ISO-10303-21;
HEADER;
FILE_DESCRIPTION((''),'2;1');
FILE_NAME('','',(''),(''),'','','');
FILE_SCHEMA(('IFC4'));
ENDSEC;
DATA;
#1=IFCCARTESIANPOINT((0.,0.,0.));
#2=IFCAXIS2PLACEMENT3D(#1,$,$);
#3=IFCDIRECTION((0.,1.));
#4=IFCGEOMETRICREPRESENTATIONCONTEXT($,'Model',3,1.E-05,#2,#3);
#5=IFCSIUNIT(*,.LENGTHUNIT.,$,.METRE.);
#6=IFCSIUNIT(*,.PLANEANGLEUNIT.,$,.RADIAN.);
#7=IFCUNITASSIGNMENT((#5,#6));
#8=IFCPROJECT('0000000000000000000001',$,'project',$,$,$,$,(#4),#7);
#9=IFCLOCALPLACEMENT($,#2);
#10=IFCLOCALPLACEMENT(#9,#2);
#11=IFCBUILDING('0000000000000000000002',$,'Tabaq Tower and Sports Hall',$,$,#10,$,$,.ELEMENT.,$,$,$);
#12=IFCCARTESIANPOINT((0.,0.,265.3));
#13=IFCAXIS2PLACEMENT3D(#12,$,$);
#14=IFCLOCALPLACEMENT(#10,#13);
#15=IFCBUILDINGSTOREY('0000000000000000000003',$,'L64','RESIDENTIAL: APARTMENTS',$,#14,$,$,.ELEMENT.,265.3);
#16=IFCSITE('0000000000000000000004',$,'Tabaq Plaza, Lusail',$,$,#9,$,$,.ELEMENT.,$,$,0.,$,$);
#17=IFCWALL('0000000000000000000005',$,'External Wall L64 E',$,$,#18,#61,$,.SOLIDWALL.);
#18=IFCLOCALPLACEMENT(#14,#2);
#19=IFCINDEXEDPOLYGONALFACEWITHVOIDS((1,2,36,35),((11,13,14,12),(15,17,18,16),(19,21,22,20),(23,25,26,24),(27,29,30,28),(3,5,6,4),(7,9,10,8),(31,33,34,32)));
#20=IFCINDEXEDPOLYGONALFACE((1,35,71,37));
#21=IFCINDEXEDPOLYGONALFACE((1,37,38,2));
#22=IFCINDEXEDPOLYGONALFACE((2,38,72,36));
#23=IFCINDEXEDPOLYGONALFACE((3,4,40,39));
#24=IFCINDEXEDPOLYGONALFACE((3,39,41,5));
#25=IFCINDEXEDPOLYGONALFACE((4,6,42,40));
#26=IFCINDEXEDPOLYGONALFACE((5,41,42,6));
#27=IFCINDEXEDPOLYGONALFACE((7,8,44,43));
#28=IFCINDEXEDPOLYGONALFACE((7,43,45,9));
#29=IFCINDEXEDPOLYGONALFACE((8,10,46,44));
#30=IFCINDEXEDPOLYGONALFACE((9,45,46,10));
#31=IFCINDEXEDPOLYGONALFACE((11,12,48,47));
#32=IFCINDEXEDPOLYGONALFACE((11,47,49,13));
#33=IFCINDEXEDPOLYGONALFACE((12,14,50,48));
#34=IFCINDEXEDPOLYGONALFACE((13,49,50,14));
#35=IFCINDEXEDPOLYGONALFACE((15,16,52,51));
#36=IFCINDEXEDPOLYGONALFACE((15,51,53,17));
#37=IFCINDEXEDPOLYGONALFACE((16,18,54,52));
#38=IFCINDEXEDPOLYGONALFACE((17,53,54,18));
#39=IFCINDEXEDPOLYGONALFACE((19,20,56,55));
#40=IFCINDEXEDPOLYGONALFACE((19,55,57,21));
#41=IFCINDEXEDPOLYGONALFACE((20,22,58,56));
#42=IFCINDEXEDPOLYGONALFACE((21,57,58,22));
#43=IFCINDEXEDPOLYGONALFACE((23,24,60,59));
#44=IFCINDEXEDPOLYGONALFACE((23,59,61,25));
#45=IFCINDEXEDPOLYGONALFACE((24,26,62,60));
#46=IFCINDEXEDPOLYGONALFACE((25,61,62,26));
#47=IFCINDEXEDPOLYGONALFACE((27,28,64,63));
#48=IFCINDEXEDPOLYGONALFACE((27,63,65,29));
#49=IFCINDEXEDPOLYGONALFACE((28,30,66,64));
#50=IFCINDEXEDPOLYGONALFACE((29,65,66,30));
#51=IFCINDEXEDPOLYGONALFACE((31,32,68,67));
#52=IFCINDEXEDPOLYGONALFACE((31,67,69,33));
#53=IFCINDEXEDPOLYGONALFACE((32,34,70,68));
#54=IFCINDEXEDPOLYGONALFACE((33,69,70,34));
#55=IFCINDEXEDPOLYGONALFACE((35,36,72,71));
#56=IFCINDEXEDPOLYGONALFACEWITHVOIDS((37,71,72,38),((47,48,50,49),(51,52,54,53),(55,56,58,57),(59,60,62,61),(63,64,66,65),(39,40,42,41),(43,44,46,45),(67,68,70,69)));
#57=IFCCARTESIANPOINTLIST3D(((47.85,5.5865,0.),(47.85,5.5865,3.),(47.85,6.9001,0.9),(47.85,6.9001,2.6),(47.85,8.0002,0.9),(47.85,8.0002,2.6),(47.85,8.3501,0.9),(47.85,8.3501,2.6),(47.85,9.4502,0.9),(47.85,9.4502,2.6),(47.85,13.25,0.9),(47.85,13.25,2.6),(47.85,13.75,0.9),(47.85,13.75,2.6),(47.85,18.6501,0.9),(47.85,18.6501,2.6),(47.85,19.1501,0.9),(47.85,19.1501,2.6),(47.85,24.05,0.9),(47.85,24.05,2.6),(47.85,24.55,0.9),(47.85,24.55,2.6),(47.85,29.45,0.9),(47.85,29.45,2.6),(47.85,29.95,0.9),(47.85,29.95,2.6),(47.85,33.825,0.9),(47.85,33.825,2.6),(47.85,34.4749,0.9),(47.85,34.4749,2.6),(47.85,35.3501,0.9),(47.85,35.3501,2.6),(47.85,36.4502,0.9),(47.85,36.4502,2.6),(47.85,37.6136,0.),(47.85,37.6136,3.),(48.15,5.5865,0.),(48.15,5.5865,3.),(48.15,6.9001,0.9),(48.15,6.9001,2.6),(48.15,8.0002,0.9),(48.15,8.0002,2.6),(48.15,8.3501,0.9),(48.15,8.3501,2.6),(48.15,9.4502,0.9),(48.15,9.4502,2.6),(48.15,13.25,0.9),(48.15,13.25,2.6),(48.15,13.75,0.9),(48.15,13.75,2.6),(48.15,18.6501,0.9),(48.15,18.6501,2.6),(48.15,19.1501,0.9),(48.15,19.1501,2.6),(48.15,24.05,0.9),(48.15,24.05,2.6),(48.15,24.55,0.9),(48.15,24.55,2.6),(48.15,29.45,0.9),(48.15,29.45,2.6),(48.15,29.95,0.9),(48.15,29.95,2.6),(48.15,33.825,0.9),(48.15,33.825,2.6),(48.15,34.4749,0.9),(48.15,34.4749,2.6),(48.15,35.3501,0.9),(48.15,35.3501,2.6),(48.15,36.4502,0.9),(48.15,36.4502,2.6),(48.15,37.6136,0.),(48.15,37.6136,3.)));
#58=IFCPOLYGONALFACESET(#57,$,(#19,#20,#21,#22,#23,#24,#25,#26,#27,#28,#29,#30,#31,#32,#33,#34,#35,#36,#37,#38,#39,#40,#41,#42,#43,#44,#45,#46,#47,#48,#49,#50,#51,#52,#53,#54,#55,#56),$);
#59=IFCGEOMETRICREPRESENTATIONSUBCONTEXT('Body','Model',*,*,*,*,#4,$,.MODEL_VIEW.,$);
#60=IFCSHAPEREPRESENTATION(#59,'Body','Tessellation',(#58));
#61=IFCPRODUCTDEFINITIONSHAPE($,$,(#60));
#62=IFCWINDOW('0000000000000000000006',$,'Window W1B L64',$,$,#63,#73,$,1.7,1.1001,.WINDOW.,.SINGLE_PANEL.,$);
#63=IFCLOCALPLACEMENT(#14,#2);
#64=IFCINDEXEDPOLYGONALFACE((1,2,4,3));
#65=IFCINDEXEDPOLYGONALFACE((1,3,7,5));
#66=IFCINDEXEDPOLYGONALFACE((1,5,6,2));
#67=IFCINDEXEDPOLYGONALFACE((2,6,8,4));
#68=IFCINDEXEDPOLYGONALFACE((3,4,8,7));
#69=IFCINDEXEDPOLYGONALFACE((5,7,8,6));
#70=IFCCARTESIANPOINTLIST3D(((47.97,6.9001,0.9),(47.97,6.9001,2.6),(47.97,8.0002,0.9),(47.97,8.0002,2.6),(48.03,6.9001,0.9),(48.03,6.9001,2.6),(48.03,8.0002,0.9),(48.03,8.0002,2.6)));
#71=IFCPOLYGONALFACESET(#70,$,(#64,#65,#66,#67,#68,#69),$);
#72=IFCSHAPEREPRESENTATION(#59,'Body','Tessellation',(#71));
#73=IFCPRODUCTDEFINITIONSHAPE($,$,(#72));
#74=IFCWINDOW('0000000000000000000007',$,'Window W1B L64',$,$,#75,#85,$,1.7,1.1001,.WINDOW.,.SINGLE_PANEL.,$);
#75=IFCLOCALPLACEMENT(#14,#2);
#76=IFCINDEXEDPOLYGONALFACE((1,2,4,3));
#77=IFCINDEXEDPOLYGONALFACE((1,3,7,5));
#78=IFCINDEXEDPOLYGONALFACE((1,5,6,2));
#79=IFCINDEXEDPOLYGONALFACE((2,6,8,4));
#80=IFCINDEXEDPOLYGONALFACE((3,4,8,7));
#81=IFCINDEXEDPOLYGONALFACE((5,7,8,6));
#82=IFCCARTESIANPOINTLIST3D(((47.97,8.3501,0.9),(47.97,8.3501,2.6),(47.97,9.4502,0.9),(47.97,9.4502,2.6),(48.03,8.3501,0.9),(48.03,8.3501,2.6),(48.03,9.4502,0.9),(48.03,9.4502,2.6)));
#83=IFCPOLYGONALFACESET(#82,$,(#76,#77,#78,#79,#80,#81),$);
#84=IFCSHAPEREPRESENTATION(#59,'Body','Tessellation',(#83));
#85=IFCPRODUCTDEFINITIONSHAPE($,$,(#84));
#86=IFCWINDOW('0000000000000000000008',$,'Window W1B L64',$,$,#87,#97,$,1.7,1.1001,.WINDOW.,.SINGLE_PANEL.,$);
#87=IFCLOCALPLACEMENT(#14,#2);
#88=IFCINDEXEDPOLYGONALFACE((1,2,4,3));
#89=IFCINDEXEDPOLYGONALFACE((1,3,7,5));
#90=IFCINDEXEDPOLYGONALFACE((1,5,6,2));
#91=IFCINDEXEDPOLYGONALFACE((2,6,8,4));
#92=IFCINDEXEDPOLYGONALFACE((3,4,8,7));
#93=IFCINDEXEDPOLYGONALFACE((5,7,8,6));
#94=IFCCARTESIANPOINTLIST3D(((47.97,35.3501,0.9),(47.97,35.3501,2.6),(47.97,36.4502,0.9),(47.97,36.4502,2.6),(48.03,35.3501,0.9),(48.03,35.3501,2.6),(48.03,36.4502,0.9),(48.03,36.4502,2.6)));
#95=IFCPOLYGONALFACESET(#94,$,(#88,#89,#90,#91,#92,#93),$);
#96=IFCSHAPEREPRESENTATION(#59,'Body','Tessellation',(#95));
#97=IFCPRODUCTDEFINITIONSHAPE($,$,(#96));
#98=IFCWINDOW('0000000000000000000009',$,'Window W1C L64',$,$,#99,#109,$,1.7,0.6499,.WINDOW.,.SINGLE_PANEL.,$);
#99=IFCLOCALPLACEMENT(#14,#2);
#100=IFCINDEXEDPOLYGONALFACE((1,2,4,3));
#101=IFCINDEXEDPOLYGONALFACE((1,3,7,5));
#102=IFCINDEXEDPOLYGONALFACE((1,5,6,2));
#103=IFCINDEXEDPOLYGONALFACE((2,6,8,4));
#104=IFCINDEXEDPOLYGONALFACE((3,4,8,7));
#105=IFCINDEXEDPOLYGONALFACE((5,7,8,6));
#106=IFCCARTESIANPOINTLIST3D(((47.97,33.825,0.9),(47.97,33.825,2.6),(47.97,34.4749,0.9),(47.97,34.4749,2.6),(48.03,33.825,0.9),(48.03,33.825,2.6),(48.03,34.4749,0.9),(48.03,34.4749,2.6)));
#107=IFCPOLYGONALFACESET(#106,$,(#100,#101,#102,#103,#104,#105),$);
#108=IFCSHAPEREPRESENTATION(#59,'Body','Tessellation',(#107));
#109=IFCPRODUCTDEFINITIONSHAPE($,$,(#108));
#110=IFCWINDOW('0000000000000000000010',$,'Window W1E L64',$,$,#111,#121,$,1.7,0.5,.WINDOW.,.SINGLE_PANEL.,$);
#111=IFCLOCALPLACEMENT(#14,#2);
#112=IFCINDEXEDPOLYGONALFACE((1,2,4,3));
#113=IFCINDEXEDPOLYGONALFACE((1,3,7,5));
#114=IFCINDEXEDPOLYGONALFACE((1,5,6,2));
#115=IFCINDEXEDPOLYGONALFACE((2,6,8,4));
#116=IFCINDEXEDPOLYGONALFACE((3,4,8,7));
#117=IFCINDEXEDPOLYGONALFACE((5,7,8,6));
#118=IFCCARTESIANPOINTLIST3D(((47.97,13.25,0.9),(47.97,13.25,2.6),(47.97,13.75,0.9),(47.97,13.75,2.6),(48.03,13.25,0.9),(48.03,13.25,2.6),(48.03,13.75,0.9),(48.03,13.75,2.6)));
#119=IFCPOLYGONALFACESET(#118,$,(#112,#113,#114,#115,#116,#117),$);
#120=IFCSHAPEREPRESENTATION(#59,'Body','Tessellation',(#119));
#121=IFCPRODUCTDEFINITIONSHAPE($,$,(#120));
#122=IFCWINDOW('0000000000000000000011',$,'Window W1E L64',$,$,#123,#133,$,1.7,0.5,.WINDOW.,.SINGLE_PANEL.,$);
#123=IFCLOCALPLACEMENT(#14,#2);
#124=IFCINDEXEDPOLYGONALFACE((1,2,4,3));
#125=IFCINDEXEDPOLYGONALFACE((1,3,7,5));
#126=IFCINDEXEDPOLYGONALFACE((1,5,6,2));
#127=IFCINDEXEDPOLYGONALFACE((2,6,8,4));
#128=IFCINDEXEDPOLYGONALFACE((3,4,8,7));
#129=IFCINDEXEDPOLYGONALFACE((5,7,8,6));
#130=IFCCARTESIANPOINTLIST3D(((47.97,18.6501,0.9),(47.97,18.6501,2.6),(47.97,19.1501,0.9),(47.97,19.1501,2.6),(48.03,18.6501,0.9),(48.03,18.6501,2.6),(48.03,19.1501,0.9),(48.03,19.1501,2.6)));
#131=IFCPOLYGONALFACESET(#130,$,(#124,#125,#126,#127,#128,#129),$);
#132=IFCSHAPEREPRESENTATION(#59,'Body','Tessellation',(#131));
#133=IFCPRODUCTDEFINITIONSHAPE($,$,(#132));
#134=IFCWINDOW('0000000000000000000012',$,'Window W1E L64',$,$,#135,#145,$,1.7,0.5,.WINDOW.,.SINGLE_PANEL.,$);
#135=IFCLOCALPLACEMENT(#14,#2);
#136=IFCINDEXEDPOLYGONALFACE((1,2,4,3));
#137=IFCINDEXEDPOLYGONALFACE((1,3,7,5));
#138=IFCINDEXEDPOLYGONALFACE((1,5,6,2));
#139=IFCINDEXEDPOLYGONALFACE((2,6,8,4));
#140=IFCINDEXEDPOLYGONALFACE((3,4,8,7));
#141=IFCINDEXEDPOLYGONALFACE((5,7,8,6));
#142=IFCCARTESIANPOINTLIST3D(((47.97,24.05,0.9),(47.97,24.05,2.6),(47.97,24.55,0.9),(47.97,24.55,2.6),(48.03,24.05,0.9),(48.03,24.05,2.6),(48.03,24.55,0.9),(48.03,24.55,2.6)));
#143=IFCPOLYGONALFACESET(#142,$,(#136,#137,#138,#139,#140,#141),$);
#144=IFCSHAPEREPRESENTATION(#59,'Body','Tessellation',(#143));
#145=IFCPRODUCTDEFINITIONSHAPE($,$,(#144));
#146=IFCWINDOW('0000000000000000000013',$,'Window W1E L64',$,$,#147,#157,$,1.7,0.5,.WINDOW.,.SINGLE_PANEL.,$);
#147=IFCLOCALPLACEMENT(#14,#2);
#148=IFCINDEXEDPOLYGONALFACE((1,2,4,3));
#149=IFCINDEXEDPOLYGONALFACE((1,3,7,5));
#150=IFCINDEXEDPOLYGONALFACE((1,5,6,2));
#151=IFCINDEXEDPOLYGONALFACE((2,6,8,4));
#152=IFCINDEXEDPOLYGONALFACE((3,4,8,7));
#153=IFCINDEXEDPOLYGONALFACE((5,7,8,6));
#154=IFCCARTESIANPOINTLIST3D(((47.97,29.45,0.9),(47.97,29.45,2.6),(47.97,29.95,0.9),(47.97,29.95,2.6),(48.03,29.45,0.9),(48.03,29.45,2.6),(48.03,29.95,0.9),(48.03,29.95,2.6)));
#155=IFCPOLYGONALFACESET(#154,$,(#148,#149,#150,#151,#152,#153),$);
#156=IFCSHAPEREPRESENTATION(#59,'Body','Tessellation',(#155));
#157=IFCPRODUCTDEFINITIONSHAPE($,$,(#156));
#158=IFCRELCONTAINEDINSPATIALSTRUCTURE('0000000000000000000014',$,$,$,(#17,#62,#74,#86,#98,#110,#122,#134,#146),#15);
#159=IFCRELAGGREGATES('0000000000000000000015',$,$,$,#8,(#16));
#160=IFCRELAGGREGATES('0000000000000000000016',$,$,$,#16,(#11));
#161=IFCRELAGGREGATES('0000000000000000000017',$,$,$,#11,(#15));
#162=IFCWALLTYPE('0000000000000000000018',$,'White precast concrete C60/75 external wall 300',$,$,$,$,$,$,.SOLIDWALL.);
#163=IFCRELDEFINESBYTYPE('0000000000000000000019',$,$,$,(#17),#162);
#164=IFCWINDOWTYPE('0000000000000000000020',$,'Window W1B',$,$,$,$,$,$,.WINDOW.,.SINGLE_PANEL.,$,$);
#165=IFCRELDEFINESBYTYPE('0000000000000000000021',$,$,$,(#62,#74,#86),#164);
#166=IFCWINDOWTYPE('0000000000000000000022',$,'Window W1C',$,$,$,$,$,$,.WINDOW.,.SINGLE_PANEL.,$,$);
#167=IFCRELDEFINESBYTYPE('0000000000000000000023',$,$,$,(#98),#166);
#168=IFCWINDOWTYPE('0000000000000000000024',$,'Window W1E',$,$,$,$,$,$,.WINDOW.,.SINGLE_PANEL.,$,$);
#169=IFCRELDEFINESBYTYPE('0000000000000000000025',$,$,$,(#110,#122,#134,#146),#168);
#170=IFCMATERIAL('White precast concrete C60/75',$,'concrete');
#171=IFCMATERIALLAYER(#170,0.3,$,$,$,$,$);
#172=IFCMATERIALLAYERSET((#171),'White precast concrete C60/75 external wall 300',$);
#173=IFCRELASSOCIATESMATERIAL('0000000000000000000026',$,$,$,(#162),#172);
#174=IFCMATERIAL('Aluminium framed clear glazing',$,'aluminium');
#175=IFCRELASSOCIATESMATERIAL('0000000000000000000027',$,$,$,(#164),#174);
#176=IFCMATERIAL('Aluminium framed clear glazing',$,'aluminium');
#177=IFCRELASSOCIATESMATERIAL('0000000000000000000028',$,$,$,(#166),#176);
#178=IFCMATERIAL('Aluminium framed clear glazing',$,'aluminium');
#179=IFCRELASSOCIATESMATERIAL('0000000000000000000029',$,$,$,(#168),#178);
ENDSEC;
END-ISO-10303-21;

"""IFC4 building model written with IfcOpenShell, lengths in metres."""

from ifc_helpers import new_model, si_unit, direction, frame, frame_2d, origin, place, context, subcontext, project, spatial, rectangle, extrude, material, layer, layer_set, type_object, element, fill, save


model = new_model("IFC4")

# Units and contexts
model_context = context("Model", 3, precision=1e-05, world=origin(), true_north=direction((0.0, 1.0)))
body_context = subcontext(model_context, "Body", "Model", "MODEL_VIEW")
ifc_project = project(units=[si_unit("LENGTHUNIT", "METRE"), si_unit("PLANEANGLEUNIT", "RADIAN")], contexts=[model_context])

# Site, building, storey
site_placement = place(None, origin())
site = spatial("IfcSite", under=ifc_project, at=site_placement, Name="Tabaq Plaza, Lusail", CompositionType="ELEMENT", RefElevation=0.0)
building_placement = place(site_placement, origin())
building = spatial("IfcBuilding", under=site, at=building_placement, Name="Tabaq Tower and Sports Hall", CompositionType="ELEMENT")
storey_placement = place(building_placement, frame((0.0, 0.0, 265.3)))
storey = spatial("IfcBuildingStorey", under=building, at=storey_placement, Name="L64", Description="RESIDENTIAL: APARTMENTS", CompositionType="ELEMENT", Elevation=265.3)

# Wall, openings, windows
ifc_material_1 = material(Name="White precast concrete C60/75", Category="concrete")
ifc_layer_1 = layer(ifc_material_1, 0.3)
ifc_layer_set_1 = layer_set([ifc_layer_1], Name="White precast concrete C60/75 external wall 300")
wall_type_1 = type_object("IfcWallType", Name="White precast concrete C60/75 external wall 300", PredefinedType="SOLIDWALL", material=ifc_layer_set_1)
wall_1_placement = place(storey_placement, frame((48.0, 5.5864, 0.0), z_axis=(0.0, 0.0, 1.0), x_axis=(0.0, 1.0, 0.0)))
wall_1 = element("IfcWall", 1, at=wall_1_placement, inside=storey, type_object=wall_type_1, Name="External Wall L64 E", PredefinedType="SOLIDWALL", context=body_context, shape_type="SweptSolid", body=[
    extrude(rectangle(XDim=32.0271, YDim=0.3, at=frame_2d((16.0137, 0.0))), origin(), (0.0, 0.0, 1.0), 3.0),
])
opening_1_placement = place(wall_1_placement, frame((1.3137, 0.0, 0.8999)))
opening_1 = element("IfcOpeningElement", 2, at=opening_1_placement, cuts=wall_1, PredefinedType="OPENING", context=body_context, shape_type="SweptSolid", body=[
    extrude(rectangle(XDim=1.1001, YDim=1.7, at=frame_2d((0.55, 0.8501))), frame((0.0, 0.1602, 0.0), z_axis=(0.0, -1.0, 0.0), x_axis=(1.0, 0.0, 0.0)), (0.0, 0.0, 1.0), 0.3201),
])
opening_2_placement = place(wall_1_placement, frame((2.7637, 0.0, 0.8999)))
opening_2 = element("IfcOpeningElement", 3, at=opening_2_placement, cuts=wall_1, PredefinedType="OPENING", context=body_context, shape_type="SweptSolid", body=[
    extrude(rectangle(XDim=1.1001, YDim=1.7, at=frame_2d((0.55, 0.8501))), frame((0.0, 0.1602, 0.0), z_axis=(0.0, -1.0, 0.0), x_axis=(1.0, 0.0, 0.0)), (0.0, 0.0, 1.0), 0.3201),
])
opening_3_placement = place(wall_1_placement, frame((7.6636, 0.0, 0.8999)))
opening_3 = element("IfcOpeningElement", 4, at=opening_3_placement, cuts=wall_1, PredefinedType="OPENING", context=body_context, shape_type="SweptSolid", body=[
    extrude(rectangle(XDim=0.5, YDim=1.7, at=frame_2d((0.25, 0.8501))), frame((0.0, 0.1602, 0.0), z_axis=(0.0, -1.0, 0.0), x_axis=(1.0, 0.0, 0.0)), (0.0, 0.0, 1.0), 0.3201),
])
opening_4_placement = place(wall_1_placement, frame((13.0637, 0.0, 0.8999)))
opening_4 = element("IfcOpeningElement", 5, at=opening_4_placement, cuts=wall_1, PredefinedType="OPENING", context=body_context, shape_type="SweptSolid", body=[
    extrude(rectangle(XDim=0.5, YDim=1.7, at=frame_2d((0.25, 0.8501))), frame((0.0, 0.1602, 0.0), z_axis=(0.0, -1.0, 0.0), x_axis=(1.0, 0.0, 0.0)), (0.0, 0.0, 1.0), 0.3201),
])
opening_5_placement = place(wall_1_placement, frame((18.4636, 0.0, 0.8999)))
opening_5 = element("IfcOpeningElement", 6, at=opening_5_placement, cuts=wall_1, PredefinedType="OPENING", context=body_context, shape_type="SweptSolid", body=[
    extrude(rectangle(XDim=0.5, YDim=1.7, at=frame_2d((0.25, 0.8501))), frame((0.0, 0.1602, 0.0), z_axis=(0.0, -1.0, 0.0), x_axis=(1.0, 0.0, 0.0)), (0.0, 0.0, 1.0), 0.3201),
])
opening_6_placement = place(wall_1_placement, frame((23.8635, 0.0, 0.8999)))
opening_6 = element("IfcOpeningElement", 7, at=opening_6_placement, cuts=wall_1, PredefinedType="OPENING", context=body_context, shape_type="SweptSolid", body=[
    extrude(rectangle(XDim=0.5, YDim=1.7, at=frame_2d((0.25, 0.8501))), frame((0.0, 0.1602, 0.0), z_axis=(0.0, -1.0, 0.0), x_axis=(1.0, 0.0, 0.0)), (0.0, 0.0, 1.0), 0.3201),
])
opening_7_placement = place(wall_1_placement, frame((28.2385, 0.0, 0.8999)))
opening_7 = element("IfcOpeningElement", 8, at=opening_7_placement, cuts=wall_1, PredefinedType="OPENING", context=body_context, shape_type="SweptSolid", body=[
    extrude(rectangle(XDim=0.6499, YDim=1.7, at=frame_2d((0.325, 0.8501))), frame((0.0, 0.1602, 0.0), z_axis=(0.0, -1.0, 0.0), x_axis=(1.0, 0.0, 0.0)), (0.0, 0.0, 1.0), 0.3201),
])
opening_8_placement = place(wall_1_placement, frame((29.7637, 0.0, 0.8999)))
opening_8 = element("IfcOpeningElement", 9, at=opening_8_placement, cuts=wall_1, PredefinedType="OPENING", context=body_context, shape_type="SweptSolid", body=[
    extrude(rectangle(XDim=1.1001, YDim=1.7, at=frame_2d((0.55, 0.8501))), frame((0.0, 0.1602, 0.0), z_axis=(0.0, -1.0, 0.0), x_axis=(1.0, 0.0, 0.0)), (0.0, 0.0, 1.0), 0.3201),
])
ifc_material_2 = material(Name="Aluminium framed clear glazing", Category="aluminium")
window_type_1 = type_object("IfcWindowType", Name="Window W1B", PartitioningType="SINGLE_PANEL", PredefinedType="WINDOW", material=ifc_material_2)
window_1_placement = place(opening_1_placement, origin())
window_1 = element("IfcWindow", 10, at=window_1_placement, inside=storey, type_object=window_type_1, Name="Window W1B L64", OverallHeight=1.7, OverallWidth=1.1001, PartitioningType="SINGLE_PANEL", PredefinedType="WINDOW", context=body_context, shape_type="SweptSolid", body=[
    extrude(rectangle(XDim=1.1001, YDim=1.7, at=frame_2d((0.55, 0.8501))), frame((0.0, 0.03, 0.0), z_axis=(0.0, -1.0, 0.0), x_axis=(1.0, 0.0, 0.0)), (0.0, 0.0, 1.0), 0.0601),
])
fill(opening_1, window_1)
window_2_placement = place(opening_2_placement, origin())
window_2 = element("IfcWindow", 11, at=window_2_placement, inside=storey, type_object=window_type_1, Name="Window W1B L64", OverallHeight=1.7, OverallWidth=1.1001, PartitioningType="SINGLE_PANEL", PredefinedType="WINDOW", context=body_context, shape_type="SweptSolid", body=[
    extrude(rectangle(XDim=1.1001, YDim=1.7, at=frame_2d((0.55, 0.8501))), frame((0.0, 0.03, 0.0), z_axis=(0.0, -1.0, 0.0), x_axis=(1.0, 0.0, 0.0)), (0.0, 0.0, 1.0), 0.0601),
])
fill(opening_2, window_2)
window_3_placement = place(opening_8_placement, origin())
window_3 = element("IfcWindow", 12, at=window_3_placement, inside=storey, type_object=window_type_1, Name="Window W1B L64", OverallHeight=1.7, OverallWidth=1.1001, PartitioningType="SINGLE_PANEL", PredefinedType="WINDOW", context=body_context, shape_type="SweptSolid", body=[
    extrude(rectangle(XDim=1.1001, YDim=1.7, at=frame_2d((0.55, 0.8501))), frame((0.0, 0.03, 0.0), z_axis=(0.0, -1.0, 0.0), x_axis=(1.0, 0.0, 0.0)), (0.0, 0.0, 1.0), 0.0601),
])
fill(opening_8, window_3)
ifc_material_3 = material(Name="Aluminium framed clear glazing", Category="aluminium")
window_type_2 = type_object("IfcWindowType", Name="Window W1C", PartitioningType="SINGLE_PANEL", PredefinedType="WINDOW", material=ifc_material_3)
window_4_placement = place(opening_7_placement, origin())
window_4 = element("IfcWindow", 13, at=window_4_placement, inside=storey, type_object=window_type_2, Name="Window W1C L64", OverallHeight=1.7, OverallWidth=0.6499, PartitioningType="SINGLE_PANEL", PredefinedType="WINDOW", context=body_context, shape_type="SweptSolid", body=[
    extrude(rectangle(XDim=0.6499, YDim=1.7, at=frame_2d((0.325, 0.8501))), frame((0.0, 0.03, 0.0), z_axis=(0.0, -1.0, 0.0), x_axis=(1.0, 0.0, 0.0)), (0.0, 0.0, 1.0), 0.0601),
])
fill(opening_7, window_4)
ifc_material_4 = material(Name="Aluminium framed clear glazing", Category="aluminium")
window_type_3 = type_object("IfcWindowType", Name="Window W1E", PartitioningType="SINGLE_PANEL", PredefinedType="WINDOW", material=ifc_material_4)
window_5_placement = place(opening_3_placement, origin())
window_5 = element("IfcWindow", 14, at=window_5_placement, inside=storey, type_object=window_type_3, Name="Window W1E L64", OverallHeight=1.7, OverallWidth=0.5, PartitioningType="SINGLE_PANEL", PredefinedType="WINDOW", context=body_context, shape_type="SweptSolid", body=[
    extrude(rectangle(XDim=0.5, YDim=1.7, at=frame_2d((0.25, 0.8501))), frame((0.0, 0.03, 0.0), z_axis=(0.0, -1.0, 0.0), x_axis=(1.0, 0.0, 0.0)), (0.0, 0.0, 1.0), 0.0601),
])
fill(opening_3, window_5)
window_6_placement = place(opening_4_placement, origin())
window_6 = element("IfcWindow", 15, at=window_6_placement, inside=storey, type_object=window_type_3, Name="Window W1E L64", OverallHeight=1.7, OverallWidth=0.5, PartitioningType="SINGLE_PANEL", PredefinedType="WINDOW", context=body_context, shape_type="SweptSolid", body=[
    extrude(rectangle(XDim=0.5, YDim=1.7, at=frame_2d((0.25, 0.8501))), frame((0.0, 0.03, 0.0), z_axis=(0.0, -1.0, 0.0), x_axis=(1.0, 0.0, 0.0)), (0.0, 0.0, 1.0), 0.0601),
])
fill(opening_4, window_6)
window_7_placement = place(opening_5_placement, origin())
window_7 = element("IfcWindow", 16, at=window_7_placement, inside=storey, type_object=window_type_3, Name="Window W1E L64", OverallHeight=1.7, OverallWidth=0.5, PartitioningType="SINGLE_PANEL", PredefinedType="WINDOW", context=body_context, shape_type="SweptSolid", body=[
    extrude(rectangle(XDim=0.5, YDim=1.7, at=frame_2d((0.25, 0.8501))), frame((0.0, 0.03, 0.0), z_axis=(0.0, -1.0, 0.0), x_axis=(1.0, 0.0, 0.0)), (0.0, 0.0, 1.0), 0.0601),
])
fill(opening_5, window_7)
window_8_placement = place(opening_6_placement, origin())
window_8 = element("IfcWindow", 17, at=window_8_placement, inside=storey, type_object=window_type_3, Name="Window W1E L64", OverallHeight=1.7, OverallWidth=0.5, PartitioningType="SINGLE_PANEL", PredefinedType="WINDOW", context=body_context, shape_type="SweptSolid", body=[
    extrude(rectangle(XDim=0.5, YDim=1.7, at=frame_2d((0.25, 0.8501))), frame((0.0, 0.03, 0.0), z_axis=(0.0, -1.0, 0.0), x_axis=(1.0, 0.0, 0.0)), (0.0, 0.0, 1.0), 0.0601),
])
fill(opening_6, window_8)

save(model, "model.ifc")
